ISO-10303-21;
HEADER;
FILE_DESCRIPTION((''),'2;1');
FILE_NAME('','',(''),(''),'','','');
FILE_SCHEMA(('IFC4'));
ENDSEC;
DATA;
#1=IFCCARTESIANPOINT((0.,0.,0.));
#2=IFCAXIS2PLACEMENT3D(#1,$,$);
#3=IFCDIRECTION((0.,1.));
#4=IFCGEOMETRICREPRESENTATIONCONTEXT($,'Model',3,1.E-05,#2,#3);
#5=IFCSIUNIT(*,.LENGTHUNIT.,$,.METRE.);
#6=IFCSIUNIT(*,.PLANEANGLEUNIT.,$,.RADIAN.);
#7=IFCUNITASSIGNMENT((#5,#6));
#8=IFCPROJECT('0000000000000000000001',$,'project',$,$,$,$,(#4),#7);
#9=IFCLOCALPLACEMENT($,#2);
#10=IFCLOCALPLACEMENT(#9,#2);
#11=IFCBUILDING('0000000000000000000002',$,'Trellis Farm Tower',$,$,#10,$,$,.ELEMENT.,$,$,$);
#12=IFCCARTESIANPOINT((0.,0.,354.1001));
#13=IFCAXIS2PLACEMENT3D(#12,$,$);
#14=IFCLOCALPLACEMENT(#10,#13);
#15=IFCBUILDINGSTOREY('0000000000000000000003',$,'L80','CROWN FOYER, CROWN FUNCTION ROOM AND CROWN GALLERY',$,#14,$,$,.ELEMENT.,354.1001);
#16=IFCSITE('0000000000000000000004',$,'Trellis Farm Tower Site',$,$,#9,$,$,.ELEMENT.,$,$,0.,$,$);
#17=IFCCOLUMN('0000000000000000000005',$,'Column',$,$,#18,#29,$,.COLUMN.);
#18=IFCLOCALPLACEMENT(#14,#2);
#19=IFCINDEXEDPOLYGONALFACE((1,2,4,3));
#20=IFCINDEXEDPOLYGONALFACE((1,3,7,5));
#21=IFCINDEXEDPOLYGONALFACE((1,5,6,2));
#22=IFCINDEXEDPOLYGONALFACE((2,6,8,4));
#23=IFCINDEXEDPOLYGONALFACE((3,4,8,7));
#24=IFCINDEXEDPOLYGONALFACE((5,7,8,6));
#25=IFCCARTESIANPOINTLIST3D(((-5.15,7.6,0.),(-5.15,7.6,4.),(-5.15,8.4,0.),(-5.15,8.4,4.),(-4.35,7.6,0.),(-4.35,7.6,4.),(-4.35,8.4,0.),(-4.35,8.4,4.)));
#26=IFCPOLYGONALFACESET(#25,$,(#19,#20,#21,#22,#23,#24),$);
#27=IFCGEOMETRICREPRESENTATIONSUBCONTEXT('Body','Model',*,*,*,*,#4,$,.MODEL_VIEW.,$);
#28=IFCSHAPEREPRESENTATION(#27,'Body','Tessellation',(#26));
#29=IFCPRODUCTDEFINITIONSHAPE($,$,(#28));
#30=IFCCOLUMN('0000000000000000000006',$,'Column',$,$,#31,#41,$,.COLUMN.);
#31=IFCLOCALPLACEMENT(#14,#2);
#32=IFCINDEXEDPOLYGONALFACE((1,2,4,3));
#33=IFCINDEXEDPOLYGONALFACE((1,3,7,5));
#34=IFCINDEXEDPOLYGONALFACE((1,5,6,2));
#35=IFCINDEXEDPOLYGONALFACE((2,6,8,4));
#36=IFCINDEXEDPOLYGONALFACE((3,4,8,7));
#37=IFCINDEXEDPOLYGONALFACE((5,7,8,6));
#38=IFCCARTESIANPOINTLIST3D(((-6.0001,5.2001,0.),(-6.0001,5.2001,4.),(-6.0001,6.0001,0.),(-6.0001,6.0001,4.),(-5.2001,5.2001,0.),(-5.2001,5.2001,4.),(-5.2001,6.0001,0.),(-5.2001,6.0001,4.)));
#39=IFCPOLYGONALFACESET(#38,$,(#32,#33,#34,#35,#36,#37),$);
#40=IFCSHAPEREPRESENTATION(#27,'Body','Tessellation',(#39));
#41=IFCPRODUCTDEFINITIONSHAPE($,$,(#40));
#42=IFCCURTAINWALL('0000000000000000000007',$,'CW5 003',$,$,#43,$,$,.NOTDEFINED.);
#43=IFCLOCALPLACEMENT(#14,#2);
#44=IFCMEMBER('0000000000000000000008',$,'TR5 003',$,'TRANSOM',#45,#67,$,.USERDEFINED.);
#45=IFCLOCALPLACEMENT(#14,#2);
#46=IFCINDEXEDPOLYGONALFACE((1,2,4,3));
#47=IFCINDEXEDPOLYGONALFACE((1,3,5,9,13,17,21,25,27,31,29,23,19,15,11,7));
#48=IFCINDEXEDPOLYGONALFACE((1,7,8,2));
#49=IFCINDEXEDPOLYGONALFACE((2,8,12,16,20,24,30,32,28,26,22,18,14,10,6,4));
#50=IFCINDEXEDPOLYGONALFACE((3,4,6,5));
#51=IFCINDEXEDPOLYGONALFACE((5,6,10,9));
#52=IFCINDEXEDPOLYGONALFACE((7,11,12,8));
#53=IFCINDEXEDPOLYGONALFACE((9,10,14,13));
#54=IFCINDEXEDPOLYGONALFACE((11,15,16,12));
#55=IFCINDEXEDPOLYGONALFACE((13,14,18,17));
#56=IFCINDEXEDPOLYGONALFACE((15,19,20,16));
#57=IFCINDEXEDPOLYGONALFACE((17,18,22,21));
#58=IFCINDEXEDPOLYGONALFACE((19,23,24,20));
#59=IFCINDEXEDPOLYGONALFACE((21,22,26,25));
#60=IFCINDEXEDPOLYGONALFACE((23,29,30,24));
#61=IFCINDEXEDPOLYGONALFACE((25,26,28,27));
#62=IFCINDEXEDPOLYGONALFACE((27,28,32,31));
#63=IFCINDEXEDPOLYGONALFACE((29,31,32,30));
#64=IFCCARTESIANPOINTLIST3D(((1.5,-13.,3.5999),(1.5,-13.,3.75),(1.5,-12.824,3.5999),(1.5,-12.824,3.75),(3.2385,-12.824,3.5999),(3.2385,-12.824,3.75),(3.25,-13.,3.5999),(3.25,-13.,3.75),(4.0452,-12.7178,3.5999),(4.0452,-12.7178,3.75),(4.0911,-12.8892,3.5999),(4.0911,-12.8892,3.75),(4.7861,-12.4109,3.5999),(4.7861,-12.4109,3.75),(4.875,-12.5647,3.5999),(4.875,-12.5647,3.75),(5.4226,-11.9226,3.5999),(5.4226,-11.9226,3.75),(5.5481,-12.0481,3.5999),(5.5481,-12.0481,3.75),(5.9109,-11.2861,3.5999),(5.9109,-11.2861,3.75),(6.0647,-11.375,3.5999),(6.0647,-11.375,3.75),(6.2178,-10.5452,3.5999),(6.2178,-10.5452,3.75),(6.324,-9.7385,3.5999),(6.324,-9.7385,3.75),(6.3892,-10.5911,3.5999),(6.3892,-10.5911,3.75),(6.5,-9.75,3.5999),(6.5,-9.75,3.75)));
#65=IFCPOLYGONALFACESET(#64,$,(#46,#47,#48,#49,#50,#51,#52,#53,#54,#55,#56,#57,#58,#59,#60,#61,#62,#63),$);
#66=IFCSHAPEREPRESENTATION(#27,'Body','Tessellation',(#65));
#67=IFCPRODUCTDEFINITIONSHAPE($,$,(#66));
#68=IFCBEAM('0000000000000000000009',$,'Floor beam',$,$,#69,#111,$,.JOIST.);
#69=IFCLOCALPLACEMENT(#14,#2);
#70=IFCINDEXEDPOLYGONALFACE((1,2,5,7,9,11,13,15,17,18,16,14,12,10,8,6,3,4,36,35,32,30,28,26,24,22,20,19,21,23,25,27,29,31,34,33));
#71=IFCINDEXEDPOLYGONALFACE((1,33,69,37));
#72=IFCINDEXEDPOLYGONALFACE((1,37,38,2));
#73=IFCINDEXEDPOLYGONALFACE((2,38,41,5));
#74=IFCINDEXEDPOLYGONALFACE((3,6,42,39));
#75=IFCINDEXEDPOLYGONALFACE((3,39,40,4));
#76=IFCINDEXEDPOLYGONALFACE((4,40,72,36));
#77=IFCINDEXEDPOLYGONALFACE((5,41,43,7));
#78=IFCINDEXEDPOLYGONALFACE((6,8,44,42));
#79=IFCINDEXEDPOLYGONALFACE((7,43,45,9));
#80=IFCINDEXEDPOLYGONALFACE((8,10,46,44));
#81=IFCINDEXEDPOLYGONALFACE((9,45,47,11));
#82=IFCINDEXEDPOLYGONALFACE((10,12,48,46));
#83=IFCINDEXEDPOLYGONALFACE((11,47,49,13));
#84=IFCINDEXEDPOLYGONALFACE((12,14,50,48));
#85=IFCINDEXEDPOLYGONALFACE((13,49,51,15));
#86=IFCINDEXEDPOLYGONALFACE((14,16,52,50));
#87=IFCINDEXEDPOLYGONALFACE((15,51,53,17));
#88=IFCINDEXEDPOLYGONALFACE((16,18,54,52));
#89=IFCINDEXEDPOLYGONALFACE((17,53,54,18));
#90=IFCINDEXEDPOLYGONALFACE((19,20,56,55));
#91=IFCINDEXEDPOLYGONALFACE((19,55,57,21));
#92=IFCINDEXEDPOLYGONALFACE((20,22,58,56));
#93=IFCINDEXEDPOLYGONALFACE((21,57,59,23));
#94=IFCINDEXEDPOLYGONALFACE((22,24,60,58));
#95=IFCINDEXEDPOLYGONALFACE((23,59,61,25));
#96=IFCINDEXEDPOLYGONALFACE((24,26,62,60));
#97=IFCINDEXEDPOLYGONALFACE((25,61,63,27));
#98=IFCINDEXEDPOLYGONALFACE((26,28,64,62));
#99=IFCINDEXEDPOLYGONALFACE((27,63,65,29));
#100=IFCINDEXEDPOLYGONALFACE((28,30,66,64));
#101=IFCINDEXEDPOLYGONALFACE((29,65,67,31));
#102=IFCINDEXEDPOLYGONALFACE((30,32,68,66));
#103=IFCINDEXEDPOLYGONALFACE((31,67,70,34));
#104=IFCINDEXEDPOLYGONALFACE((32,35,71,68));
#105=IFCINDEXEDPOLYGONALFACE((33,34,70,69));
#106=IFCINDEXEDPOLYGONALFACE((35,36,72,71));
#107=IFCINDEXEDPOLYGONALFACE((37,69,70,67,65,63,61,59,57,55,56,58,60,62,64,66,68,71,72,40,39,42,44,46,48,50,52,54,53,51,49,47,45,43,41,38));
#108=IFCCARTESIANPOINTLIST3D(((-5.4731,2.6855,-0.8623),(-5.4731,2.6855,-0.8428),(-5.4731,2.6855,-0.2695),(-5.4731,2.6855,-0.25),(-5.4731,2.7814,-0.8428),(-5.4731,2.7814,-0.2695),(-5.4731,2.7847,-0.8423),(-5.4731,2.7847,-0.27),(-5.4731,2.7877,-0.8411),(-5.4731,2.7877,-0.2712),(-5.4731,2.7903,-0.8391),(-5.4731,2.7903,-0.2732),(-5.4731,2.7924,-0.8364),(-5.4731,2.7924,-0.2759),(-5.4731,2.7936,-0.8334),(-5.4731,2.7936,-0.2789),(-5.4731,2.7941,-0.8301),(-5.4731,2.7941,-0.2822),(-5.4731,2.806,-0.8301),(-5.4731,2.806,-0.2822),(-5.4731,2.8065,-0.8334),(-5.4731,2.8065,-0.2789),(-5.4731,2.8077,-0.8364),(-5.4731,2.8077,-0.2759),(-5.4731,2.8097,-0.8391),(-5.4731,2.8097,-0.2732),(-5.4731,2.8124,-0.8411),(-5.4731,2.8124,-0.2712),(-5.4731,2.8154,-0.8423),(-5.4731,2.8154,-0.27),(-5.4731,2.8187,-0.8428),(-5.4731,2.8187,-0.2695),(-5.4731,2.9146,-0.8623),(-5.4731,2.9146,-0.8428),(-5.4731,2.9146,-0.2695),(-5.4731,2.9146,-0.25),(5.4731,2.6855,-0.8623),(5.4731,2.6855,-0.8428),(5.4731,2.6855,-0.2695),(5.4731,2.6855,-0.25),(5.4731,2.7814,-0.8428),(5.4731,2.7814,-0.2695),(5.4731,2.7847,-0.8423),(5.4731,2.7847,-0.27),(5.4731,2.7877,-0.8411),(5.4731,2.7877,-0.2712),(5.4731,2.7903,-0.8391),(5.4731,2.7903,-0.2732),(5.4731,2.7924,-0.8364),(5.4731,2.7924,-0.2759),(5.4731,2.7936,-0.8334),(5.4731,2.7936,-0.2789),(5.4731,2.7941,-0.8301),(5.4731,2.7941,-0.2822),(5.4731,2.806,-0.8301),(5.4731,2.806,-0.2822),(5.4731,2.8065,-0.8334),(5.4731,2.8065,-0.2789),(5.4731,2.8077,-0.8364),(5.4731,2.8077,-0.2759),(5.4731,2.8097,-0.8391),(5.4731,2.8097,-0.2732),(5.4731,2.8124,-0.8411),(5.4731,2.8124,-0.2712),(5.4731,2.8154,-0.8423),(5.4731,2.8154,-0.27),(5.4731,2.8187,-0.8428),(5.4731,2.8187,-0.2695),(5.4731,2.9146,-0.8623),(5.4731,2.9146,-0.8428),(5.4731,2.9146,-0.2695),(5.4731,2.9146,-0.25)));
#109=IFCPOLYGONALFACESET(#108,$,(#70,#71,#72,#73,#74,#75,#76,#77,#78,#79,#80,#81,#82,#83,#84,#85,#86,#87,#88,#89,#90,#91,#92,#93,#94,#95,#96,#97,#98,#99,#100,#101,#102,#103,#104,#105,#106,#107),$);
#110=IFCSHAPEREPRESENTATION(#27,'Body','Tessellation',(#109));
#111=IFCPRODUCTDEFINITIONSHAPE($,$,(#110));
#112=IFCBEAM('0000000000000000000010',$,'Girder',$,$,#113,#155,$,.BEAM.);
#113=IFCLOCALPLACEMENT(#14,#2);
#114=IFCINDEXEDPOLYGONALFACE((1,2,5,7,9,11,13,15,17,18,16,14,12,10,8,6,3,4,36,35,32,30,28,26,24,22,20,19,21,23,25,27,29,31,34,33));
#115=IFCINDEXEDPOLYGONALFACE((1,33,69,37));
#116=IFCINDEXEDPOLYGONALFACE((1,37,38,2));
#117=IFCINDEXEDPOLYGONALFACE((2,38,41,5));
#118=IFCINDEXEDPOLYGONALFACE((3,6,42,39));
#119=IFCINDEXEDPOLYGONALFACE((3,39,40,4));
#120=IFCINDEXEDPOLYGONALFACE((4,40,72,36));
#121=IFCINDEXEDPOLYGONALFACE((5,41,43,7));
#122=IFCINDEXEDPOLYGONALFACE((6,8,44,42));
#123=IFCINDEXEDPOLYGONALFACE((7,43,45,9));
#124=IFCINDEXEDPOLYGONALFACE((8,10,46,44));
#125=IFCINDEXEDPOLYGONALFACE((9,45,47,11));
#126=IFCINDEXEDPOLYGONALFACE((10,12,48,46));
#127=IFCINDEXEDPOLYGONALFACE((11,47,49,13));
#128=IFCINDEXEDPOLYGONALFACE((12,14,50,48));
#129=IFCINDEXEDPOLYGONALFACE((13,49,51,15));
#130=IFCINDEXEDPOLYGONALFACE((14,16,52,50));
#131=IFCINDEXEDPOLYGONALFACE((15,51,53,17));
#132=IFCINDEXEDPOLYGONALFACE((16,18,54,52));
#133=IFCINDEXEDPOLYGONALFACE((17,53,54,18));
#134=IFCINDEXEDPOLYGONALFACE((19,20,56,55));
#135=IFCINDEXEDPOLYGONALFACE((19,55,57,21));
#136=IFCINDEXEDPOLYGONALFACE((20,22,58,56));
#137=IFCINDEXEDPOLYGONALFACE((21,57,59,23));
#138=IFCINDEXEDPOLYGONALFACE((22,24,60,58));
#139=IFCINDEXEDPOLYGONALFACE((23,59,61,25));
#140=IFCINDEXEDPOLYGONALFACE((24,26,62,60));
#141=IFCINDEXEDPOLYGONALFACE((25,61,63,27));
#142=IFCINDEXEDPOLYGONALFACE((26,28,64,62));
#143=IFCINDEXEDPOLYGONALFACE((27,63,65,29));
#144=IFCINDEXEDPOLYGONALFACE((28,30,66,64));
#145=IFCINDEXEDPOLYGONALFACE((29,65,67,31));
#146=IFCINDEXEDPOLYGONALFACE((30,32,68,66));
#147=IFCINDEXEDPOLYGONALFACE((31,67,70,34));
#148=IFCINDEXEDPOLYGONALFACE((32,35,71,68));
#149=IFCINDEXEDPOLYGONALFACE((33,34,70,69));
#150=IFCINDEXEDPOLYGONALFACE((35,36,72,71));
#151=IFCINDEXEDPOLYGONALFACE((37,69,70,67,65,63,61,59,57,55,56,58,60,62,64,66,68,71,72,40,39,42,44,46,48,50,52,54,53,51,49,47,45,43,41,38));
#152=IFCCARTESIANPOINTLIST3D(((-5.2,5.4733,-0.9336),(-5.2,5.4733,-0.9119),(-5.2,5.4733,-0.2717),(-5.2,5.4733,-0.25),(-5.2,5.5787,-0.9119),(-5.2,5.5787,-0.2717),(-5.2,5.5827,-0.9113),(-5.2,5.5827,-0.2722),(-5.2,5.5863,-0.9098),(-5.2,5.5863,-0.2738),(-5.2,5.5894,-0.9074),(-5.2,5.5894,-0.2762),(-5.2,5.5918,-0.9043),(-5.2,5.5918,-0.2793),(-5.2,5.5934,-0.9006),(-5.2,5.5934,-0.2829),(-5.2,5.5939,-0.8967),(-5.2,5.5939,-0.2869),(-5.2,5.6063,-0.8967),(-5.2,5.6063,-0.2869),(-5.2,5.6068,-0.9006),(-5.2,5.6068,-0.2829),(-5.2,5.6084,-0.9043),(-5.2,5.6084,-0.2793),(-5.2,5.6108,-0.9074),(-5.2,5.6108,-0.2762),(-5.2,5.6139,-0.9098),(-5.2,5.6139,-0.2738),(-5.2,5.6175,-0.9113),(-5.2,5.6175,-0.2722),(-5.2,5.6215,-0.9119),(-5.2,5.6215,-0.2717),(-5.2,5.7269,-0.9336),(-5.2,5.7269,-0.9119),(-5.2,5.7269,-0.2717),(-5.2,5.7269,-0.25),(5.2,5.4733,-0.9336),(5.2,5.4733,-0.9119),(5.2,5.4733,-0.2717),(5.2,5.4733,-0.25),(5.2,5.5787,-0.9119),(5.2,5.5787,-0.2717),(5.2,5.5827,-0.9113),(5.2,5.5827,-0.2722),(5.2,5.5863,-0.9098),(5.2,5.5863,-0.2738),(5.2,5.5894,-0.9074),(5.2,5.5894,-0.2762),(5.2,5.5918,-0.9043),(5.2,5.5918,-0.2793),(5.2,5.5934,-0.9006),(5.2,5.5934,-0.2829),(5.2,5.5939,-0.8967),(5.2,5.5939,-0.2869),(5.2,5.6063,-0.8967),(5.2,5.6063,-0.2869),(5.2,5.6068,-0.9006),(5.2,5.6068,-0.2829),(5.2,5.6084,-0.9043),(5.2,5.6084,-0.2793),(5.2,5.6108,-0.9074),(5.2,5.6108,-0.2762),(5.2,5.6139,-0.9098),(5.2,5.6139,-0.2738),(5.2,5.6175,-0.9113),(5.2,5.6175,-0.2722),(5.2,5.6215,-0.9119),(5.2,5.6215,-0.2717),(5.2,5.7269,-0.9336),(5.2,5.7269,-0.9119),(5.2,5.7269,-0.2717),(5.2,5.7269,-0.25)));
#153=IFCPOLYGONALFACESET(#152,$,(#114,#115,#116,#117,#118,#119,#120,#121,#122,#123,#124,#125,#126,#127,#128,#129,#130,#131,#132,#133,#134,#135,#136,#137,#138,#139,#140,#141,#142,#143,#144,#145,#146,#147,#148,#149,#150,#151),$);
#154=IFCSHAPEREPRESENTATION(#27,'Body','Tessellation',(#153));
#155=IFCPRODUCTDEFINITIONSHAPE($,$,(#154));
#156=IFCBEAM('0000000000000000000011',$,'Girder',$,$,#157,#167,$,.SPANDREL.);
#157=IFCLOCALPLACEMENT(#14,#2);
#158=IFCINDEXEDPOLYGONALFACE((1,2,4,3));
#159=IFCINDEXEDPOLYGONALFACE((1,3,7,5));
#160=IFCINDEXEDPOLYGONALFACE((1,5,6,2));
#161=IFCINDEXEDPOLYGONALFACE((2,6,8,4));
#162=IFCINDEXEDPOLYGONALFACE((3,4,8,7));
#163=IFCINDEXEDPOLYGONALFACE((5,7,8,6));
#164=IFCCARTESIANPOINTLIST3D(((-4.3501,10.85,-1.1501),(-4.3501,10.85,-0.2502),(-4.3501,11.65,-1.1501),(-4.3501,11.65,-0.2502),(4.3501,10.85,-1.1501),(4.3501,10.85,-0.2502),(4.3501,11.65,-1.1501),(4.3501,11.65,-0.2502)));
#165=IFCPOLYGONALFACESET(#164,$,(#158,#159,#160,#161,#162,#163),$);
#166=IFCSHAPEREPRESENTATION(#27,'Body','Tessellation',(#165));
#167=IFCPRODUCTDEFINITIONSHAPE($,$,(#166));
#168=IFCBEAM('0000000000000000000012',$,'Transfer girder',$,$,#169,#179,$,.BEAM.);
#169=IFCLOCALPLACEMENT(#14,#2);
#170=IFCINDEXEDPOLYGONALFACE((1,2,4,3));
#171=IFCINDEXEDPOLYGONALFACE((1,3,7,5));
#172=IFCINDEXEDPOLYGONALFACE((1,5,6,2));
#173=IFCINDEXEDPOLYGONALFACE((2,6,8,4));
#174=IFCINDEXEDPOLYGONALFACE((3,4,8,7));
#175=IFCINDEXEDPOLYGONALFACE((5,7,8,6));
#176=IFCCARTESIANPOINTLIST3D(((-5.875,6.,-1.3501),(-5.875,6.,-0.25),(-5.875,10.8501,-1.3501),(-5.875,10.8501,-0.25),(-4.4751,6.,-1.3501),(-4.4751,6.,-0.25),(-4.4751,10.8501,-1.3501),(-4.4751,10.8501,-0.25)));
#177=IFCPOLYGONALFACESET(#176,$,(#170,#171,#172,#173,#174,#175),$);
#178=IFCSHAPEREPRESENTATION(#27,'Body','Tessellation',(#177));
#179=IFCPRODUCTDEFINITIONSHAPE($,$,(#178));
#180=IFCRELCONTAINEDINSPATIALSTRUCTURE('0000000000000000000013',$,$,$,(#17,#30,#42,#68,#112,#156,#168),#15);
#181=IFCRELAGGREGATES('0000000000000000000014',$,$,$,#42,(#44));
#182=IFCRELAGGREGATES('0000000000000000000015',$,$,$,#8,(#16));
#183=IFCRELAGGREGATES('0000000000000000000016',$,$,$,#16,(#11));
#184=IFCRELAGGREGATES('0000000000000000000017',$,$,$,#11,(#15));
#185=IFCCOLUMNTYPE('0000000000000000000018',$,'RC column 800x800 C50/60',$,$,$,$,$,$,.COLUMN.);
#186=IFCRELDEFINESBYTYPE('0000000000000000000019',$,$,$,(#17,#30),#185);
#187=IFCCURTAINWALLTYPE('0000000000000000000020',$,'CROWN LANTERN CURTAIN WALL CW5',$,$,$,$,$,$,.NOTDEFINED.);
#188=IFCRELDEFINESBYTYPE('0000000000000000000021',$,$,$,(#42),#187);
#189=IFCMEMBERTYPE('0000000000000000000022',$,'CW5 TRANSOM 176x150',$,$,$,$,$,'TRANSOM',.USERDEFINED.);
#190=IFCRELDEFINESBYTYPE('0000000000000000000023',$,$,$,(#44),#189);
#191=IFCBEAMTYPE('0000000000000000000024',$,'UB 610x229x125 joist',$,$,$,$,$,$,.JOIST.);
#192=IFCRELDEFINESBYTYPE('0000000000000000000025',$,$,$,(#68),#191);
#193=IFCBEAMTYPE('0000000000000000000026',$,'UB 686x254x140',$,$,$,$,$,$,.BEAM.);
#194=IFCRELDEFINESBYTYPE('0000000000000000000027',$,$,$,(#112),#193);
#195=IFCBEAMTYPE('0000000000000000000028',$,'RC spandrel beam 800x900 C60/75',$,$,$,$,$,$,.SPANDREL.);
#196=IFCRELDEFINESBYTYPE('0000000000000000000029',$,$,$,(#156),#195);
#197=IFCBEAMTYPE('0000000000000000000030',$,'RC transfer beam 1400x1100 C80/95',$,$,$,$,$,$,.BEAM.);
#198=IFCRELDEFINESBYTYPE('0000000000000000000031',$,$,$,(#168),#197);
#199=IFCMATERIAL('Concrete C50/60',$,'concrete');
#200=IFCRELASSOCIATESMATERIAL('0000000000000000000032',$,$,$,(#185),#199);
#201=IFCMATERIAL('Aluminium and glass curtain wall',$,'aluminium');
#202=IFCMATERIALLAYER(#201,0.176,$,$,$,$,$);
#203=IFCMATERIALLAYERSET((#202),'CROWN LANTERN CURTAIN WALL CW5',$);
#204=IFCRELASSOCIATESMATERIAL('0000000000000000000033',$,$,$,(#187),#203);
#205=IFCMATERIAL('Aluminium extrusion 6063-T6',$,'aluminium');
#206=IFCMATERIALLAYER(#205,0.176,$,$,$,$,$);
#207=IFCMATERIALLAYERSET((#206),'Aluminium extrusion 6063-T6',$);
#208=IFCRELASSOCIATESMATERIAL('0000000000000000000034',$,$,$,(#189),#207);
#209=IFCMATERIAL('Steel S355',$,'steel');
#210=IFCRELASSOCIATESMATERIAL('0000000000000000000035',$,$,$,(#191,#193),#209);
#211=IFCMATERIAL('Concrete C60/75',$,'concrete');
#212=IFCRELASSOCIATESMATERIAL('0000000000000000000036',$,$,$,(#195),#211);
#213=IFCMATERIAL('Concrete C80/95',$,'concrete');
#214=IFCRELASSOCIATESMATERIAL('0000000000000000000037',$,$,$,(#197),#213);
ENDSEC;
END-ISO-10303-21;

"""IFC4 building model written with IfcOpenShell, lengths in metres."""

from ifc_helpers import new_model, si_unit, direction, frame, origin, origin_2d, place, context, subcontext, project, spatial, polyline, rectangle, i_section, outline, extrude, source, transform, mapped, material, layer, layer_set, material_profile, profile_set, type_object, element, aggregate, save


model = new_model("IFC4")

# Units and contexts
model_context = context("Model", 3, precision=1e-05, world=origin(), true_north=direction((0.0, 1.0)))
body_context = subcontext(model_context, "Body", "Model", "MODEL_VIEW")
ifc_project = project(units=[si_unit("LENGTHUNIT", "METRE"), si_unit("PLANEANGLEUNIT", "RADIAN")], contexts=[model_context])

# Site, building, storey
site_placement = place(None, origin())
site = spatial("IfcSite", under=ifc_project, at=site_placement, Name="Trellis Farm Tower Site", CompositionType="ELEMENT", RefElevation=0.0)
building_placement = place(site_placement, origin())
building = spatial("IfcBuilding", under=site, at=building_placement, Name="Trellis Farm Tower", CompositionType="ELEMENT")
storey_placement = place(building_placement, frame((0.0, 0.0, 354.1001)))
storey = spatial("IfcBuildingStorey", under=building, at=storey_placement, Name="L80", Description="CROWN FOYER, CROWN FUNCTION ROOM AND CROWN GALLERY", CompositionType="ELEMENT", Elevation=354.1001)

# Columns
ifc_material_1 = material(Name="Concrete C50/60", Category="concrete")
ifc_material_profile_1 = material_profile(ifc_material_1, rectangle(XDim=0.8, YDim=0.8, at=origin_2d()), Name="RC column 800x800 C50/60")
ifc_profile_set_1 = profile_set([ifc_material_profile_1], Name="Concrete C50/60")
column_type = type_object("IfcColumnType", Name="RC column 800x800 C50/60", PredefinedType="COLUMN", material=ifc_profile_set_1)
shared_shape_1 = source(origin(), body_context, "Body", "SweptSolid", [
    extrude(rectangle(XDim=0.8, YDim=0.8, at=origin_2d()), origin(), (0.0, 0.0, 1.0), 4.0),
])
for number, where, z_axis, x_axis, name in (
    (1, (-4.75, 8.0, 0.0), (0.0, 0.0, 1.0), (1.0, 0.0, 0.0), "Column"),
    (2, (-5.6001, 5.6001, 0.0), (0.0, 0.0, 1.0), (1.0, 0.0, 0.0), "Column"),
):
    element("IfcColumn", number, at=place(storey_placement, frame(where, z_axis=z_axis, x_axis=x_axis)), inside=storey, type_object=column_type, Name=name, PredefinedType="COLUMN", context=body_context, shape_type="MappedRepresentation", body=[
        mapped(shared_shape_1, transform((0.0, 0.0, 0.0))),
    ])

# Curtain wall, member
ifc_material_2 = material(Name="Aluminium and glass curtain wall", Category="aluminium")
ifc_layer_1 = layer(ifc_material_2, 0.176)
ifc_layer_set_1 = layer_set([ifc_layer_1], Name="CROWN LANTERN CURTAIN WALL CW5")
curtain_wall_type = type_object("IfcCurtainWallType", Name="CROWN LANTERN CURTAIN WALL CW5", PredefinedType="NOTDEFINED", material=ifc_layer_set_1)
placement_1 = place(storey_placement, origin())
curtain_wall_1 = element("IfcCurtainWall", 3, at=placement_1, inside=storey, type_object=curtain_wall_type, Name="CW5 003", PredefinedType="NOTDEFINED")
ifc_material_3 = material(Name="Aluminium extrusion 6063-T6", Category="aluminium")
ifc_layer_2 = layer(ifc_material_3, 0.176)
ifc_layer_set_2 = layer_set([ifc_layer_2], Name="Aluminium extrusion 6063-T6")
member_type_1 = type_object("IfcMemberType", Name="CW5 TRANSOM 176x150", ElementType="TRANSOM", PredefinedType="USERDEFINED", material=ifc_layer_set_2)
placement_2 = place(storey_placement, frame((0.0, 0.0, 3.5999)))
member_1 = element("IfcMember", 4, at=placement_2, type_object=member_type_1, Name="TR5 003", ObjectType="TRANSOM", PredefinedType="USERDEFINED", context=body_context, shape_type="SweptSolid", body=[
    extrude(outline(polyline([(1.5, -13.0), (3.25, -13.0), (4.0911, -12.8892), (4.875, -12.5647), (5.5481, -12.0481), (6.0647, -11.375), (6.3892, -10.5911), (6.5, -9.75), (6.324, -9.7385), (6.2178, -10.5452), (5.9109, -11.2861), (5.4226, -11.9226), (4.7861, -12.4109), (4.0452, -12.7178), (3.2385, -12.824), (1.5, -12.824), (1.5, -13.0)])), origin(), (0.0, 0.0, 1.0), 0.1501),
])

# Beams
ifc_material_4 = material(Name="Steel S355", Category="steel")
ifc_material_profile_2 = material_profile(ifc_material_4, i_section(OverallWidth=0.229, OverallDepth=0.6123, WebThickness=0.012, FlangeThickness=0.0195, FilletRadius=0.0127, at=origin_2d()), Name="UB 610x229x125")
ifc_profile_set_2 = profile_set([ifc_material_profile_2], Name="Steel S355")
beam_type_1 = type_object("IfcBeamType", Name="UB 610x229x125 joist", PredefinedType="JOIST", material=ifc_profile_set_2)
shared_shape_2 = source(origin(), body_context, "Body", "SweptSolid", [
    extrude(i_section(OverallWidth=0.229, OverallDepth=0.6123, WebThickness=0.012, FlangeThickness=0.0195, FilletRadius=0.0127, at=origin_2d()), origin(), (0.0, 0.0, 1.0), 10.9463),
])
beam_1_placement = place(storey_placement, frame((-5.4731, 2.8, -0.5562), z_axis=(1.0, 0.0, 0.0), x_axis=(0.0, 1.0, 0.0)))
element("IfcBeam", 5, at=beam_1_placement, inside=storey, type_object=beam_type_1, Name="Floor beam", PredefinedType="JOIST", context=body_context, shape_type="MappedRepresentation", body=[
    mapped(shared_shape_2, transform((0.0, 0.0, 0.0))),
])
ifc_material_profile_3 = material_profile(ifc_material_4, i_section(OverallWidth=0.2537, OverallDepth=0.6836, WebThickness=0.0125, FlangeThickness=0.0217, FilletRadius=0.0151, at=origin_2d()), Name="UB 686x254x140")
ifc_profile_set_3 = profile_set([ifc_material_profile_3], Name="Steel S355")
beam_type_2 = type_object("IfcBeamType", Name="UB 686x254x140", PredefinedType="BEAM", material=ifc_profile_set_3)
shared_shape_3 = source(origin(), body_context, "Body", "SweptSolid", [
    extrude(i_section(OverallWidth=0.2537, OverallDepth=0.6836, WebThickness=0.0125, FlangeThickness=0.0217, FilletRadius=0.0151, at=origin_2d()), origin(), (0.0, 0.0, 1.0), 10.3999),
])
beam_2_placement = place(storey_placement, frame((-5.2, 5.6001, -0.5918), z_axis=(1.0, 0.0, 0.0), x_axis=(0.0, 1.0, 0.0)))
element("IfcBeam", 6, at=beam_2_placement, inside=storey, type_object=beam_type_2, Name="Girder", PredefinedType="BEAM", context=body_context, shape_type="MappedRepresentation", body=[
    mapped(shared_shape_3, transform((0.0, 0.0, 0.0))),
])
ifc_material_5 = material(Name="Concrete C60/75", Category="concrete")
ifc_material_profile_4 = material_profile(ifc_material_5, rectangle(XDim=0.8, YDim=0.8999, at=origin_2d()), Name="RC spandrel beam 800x900 C60/75")
ifc_profile_set_4 = profile_set([ifc_material_profile_4], Name="Concrete C60/75")
beam_type_3 = type_object("IfcBeamType", Name="RC spandrel beam 800x900 C60/75", PredefinedType="SPANDREL", material=ifc_profile_set_4)
shared_shape_4 = source(origin(), body_context, "Body", "SweptSolid", [
    extrude(rectangle(XDim=0.8, YDim=0.8999, at=origin_2d()), origin(), (0.0, 0.0, 1.0), 8.7002),
])
beam_3_placement = place(storey_placement, frame((-4.3501, 11.25, -0.7002), z_axis=(1.0, 0.0, 0.0), x_axis=(0.0, 1.0, 0.0)))
element("IfcBeam", 7, at=beam_3_placement, inside=storey, type_object=beam_type_3, Name="Girder", PredefinedType="SPANDREL", context=body_context, shape_type="MappedRepresentation", body=[
    mapped(shared_shape_4, transform((0.0, 0.0, 0.0))),
])
ifc_material_6 = material(Name="Concrete C80/95", Category="concrete")
ifc_material_profile_5 = material_profile(ifc_material_6, rectangle(XDim=1.3999, YDim=1.1001, at=origin_2d()), Name="RC transfer beam 1400x1100 C80/95")
ifc_profile_set_5 = profile_set([ifc_material_profile_5], Name="Concrete C80/95")
beam_type_4 = type_object("IfcBeamType", Name="RC transfer beam 1400x1100 C80/95", PredefinedType="BEAM", material=ifc_profile_set_5)
shared_shape_5 = source(origin(), body_context, "Body", "SweptSolid", [
    extrude(rectangle(XDim=1.3999, YDim=1.1001, at=origin_2d()), origin(), (0.0, 0.0, 1.0), 4.8501),
])
beam_4_placement = place(storey_placement, frame((-5.175, 6.0, -0.8), z_axis=(0.0, 1.0, 0.0), x_axis=(-1.0, 0.0, 0.0)))
element("IfcBeam", 8, at=beam_4_placement, inside=storey, type_object=beam_type_4, Name="Transfer girder", PredefinedType="BEAM", context=body_context, shape_type="MappedRepresentation", body=[
    mapped(shared_shape_5, transform((0.0, 0.0, 0.0))),
])

aggregate(curtain_wall_1, [member_1])

save(model, "model.ifc")
